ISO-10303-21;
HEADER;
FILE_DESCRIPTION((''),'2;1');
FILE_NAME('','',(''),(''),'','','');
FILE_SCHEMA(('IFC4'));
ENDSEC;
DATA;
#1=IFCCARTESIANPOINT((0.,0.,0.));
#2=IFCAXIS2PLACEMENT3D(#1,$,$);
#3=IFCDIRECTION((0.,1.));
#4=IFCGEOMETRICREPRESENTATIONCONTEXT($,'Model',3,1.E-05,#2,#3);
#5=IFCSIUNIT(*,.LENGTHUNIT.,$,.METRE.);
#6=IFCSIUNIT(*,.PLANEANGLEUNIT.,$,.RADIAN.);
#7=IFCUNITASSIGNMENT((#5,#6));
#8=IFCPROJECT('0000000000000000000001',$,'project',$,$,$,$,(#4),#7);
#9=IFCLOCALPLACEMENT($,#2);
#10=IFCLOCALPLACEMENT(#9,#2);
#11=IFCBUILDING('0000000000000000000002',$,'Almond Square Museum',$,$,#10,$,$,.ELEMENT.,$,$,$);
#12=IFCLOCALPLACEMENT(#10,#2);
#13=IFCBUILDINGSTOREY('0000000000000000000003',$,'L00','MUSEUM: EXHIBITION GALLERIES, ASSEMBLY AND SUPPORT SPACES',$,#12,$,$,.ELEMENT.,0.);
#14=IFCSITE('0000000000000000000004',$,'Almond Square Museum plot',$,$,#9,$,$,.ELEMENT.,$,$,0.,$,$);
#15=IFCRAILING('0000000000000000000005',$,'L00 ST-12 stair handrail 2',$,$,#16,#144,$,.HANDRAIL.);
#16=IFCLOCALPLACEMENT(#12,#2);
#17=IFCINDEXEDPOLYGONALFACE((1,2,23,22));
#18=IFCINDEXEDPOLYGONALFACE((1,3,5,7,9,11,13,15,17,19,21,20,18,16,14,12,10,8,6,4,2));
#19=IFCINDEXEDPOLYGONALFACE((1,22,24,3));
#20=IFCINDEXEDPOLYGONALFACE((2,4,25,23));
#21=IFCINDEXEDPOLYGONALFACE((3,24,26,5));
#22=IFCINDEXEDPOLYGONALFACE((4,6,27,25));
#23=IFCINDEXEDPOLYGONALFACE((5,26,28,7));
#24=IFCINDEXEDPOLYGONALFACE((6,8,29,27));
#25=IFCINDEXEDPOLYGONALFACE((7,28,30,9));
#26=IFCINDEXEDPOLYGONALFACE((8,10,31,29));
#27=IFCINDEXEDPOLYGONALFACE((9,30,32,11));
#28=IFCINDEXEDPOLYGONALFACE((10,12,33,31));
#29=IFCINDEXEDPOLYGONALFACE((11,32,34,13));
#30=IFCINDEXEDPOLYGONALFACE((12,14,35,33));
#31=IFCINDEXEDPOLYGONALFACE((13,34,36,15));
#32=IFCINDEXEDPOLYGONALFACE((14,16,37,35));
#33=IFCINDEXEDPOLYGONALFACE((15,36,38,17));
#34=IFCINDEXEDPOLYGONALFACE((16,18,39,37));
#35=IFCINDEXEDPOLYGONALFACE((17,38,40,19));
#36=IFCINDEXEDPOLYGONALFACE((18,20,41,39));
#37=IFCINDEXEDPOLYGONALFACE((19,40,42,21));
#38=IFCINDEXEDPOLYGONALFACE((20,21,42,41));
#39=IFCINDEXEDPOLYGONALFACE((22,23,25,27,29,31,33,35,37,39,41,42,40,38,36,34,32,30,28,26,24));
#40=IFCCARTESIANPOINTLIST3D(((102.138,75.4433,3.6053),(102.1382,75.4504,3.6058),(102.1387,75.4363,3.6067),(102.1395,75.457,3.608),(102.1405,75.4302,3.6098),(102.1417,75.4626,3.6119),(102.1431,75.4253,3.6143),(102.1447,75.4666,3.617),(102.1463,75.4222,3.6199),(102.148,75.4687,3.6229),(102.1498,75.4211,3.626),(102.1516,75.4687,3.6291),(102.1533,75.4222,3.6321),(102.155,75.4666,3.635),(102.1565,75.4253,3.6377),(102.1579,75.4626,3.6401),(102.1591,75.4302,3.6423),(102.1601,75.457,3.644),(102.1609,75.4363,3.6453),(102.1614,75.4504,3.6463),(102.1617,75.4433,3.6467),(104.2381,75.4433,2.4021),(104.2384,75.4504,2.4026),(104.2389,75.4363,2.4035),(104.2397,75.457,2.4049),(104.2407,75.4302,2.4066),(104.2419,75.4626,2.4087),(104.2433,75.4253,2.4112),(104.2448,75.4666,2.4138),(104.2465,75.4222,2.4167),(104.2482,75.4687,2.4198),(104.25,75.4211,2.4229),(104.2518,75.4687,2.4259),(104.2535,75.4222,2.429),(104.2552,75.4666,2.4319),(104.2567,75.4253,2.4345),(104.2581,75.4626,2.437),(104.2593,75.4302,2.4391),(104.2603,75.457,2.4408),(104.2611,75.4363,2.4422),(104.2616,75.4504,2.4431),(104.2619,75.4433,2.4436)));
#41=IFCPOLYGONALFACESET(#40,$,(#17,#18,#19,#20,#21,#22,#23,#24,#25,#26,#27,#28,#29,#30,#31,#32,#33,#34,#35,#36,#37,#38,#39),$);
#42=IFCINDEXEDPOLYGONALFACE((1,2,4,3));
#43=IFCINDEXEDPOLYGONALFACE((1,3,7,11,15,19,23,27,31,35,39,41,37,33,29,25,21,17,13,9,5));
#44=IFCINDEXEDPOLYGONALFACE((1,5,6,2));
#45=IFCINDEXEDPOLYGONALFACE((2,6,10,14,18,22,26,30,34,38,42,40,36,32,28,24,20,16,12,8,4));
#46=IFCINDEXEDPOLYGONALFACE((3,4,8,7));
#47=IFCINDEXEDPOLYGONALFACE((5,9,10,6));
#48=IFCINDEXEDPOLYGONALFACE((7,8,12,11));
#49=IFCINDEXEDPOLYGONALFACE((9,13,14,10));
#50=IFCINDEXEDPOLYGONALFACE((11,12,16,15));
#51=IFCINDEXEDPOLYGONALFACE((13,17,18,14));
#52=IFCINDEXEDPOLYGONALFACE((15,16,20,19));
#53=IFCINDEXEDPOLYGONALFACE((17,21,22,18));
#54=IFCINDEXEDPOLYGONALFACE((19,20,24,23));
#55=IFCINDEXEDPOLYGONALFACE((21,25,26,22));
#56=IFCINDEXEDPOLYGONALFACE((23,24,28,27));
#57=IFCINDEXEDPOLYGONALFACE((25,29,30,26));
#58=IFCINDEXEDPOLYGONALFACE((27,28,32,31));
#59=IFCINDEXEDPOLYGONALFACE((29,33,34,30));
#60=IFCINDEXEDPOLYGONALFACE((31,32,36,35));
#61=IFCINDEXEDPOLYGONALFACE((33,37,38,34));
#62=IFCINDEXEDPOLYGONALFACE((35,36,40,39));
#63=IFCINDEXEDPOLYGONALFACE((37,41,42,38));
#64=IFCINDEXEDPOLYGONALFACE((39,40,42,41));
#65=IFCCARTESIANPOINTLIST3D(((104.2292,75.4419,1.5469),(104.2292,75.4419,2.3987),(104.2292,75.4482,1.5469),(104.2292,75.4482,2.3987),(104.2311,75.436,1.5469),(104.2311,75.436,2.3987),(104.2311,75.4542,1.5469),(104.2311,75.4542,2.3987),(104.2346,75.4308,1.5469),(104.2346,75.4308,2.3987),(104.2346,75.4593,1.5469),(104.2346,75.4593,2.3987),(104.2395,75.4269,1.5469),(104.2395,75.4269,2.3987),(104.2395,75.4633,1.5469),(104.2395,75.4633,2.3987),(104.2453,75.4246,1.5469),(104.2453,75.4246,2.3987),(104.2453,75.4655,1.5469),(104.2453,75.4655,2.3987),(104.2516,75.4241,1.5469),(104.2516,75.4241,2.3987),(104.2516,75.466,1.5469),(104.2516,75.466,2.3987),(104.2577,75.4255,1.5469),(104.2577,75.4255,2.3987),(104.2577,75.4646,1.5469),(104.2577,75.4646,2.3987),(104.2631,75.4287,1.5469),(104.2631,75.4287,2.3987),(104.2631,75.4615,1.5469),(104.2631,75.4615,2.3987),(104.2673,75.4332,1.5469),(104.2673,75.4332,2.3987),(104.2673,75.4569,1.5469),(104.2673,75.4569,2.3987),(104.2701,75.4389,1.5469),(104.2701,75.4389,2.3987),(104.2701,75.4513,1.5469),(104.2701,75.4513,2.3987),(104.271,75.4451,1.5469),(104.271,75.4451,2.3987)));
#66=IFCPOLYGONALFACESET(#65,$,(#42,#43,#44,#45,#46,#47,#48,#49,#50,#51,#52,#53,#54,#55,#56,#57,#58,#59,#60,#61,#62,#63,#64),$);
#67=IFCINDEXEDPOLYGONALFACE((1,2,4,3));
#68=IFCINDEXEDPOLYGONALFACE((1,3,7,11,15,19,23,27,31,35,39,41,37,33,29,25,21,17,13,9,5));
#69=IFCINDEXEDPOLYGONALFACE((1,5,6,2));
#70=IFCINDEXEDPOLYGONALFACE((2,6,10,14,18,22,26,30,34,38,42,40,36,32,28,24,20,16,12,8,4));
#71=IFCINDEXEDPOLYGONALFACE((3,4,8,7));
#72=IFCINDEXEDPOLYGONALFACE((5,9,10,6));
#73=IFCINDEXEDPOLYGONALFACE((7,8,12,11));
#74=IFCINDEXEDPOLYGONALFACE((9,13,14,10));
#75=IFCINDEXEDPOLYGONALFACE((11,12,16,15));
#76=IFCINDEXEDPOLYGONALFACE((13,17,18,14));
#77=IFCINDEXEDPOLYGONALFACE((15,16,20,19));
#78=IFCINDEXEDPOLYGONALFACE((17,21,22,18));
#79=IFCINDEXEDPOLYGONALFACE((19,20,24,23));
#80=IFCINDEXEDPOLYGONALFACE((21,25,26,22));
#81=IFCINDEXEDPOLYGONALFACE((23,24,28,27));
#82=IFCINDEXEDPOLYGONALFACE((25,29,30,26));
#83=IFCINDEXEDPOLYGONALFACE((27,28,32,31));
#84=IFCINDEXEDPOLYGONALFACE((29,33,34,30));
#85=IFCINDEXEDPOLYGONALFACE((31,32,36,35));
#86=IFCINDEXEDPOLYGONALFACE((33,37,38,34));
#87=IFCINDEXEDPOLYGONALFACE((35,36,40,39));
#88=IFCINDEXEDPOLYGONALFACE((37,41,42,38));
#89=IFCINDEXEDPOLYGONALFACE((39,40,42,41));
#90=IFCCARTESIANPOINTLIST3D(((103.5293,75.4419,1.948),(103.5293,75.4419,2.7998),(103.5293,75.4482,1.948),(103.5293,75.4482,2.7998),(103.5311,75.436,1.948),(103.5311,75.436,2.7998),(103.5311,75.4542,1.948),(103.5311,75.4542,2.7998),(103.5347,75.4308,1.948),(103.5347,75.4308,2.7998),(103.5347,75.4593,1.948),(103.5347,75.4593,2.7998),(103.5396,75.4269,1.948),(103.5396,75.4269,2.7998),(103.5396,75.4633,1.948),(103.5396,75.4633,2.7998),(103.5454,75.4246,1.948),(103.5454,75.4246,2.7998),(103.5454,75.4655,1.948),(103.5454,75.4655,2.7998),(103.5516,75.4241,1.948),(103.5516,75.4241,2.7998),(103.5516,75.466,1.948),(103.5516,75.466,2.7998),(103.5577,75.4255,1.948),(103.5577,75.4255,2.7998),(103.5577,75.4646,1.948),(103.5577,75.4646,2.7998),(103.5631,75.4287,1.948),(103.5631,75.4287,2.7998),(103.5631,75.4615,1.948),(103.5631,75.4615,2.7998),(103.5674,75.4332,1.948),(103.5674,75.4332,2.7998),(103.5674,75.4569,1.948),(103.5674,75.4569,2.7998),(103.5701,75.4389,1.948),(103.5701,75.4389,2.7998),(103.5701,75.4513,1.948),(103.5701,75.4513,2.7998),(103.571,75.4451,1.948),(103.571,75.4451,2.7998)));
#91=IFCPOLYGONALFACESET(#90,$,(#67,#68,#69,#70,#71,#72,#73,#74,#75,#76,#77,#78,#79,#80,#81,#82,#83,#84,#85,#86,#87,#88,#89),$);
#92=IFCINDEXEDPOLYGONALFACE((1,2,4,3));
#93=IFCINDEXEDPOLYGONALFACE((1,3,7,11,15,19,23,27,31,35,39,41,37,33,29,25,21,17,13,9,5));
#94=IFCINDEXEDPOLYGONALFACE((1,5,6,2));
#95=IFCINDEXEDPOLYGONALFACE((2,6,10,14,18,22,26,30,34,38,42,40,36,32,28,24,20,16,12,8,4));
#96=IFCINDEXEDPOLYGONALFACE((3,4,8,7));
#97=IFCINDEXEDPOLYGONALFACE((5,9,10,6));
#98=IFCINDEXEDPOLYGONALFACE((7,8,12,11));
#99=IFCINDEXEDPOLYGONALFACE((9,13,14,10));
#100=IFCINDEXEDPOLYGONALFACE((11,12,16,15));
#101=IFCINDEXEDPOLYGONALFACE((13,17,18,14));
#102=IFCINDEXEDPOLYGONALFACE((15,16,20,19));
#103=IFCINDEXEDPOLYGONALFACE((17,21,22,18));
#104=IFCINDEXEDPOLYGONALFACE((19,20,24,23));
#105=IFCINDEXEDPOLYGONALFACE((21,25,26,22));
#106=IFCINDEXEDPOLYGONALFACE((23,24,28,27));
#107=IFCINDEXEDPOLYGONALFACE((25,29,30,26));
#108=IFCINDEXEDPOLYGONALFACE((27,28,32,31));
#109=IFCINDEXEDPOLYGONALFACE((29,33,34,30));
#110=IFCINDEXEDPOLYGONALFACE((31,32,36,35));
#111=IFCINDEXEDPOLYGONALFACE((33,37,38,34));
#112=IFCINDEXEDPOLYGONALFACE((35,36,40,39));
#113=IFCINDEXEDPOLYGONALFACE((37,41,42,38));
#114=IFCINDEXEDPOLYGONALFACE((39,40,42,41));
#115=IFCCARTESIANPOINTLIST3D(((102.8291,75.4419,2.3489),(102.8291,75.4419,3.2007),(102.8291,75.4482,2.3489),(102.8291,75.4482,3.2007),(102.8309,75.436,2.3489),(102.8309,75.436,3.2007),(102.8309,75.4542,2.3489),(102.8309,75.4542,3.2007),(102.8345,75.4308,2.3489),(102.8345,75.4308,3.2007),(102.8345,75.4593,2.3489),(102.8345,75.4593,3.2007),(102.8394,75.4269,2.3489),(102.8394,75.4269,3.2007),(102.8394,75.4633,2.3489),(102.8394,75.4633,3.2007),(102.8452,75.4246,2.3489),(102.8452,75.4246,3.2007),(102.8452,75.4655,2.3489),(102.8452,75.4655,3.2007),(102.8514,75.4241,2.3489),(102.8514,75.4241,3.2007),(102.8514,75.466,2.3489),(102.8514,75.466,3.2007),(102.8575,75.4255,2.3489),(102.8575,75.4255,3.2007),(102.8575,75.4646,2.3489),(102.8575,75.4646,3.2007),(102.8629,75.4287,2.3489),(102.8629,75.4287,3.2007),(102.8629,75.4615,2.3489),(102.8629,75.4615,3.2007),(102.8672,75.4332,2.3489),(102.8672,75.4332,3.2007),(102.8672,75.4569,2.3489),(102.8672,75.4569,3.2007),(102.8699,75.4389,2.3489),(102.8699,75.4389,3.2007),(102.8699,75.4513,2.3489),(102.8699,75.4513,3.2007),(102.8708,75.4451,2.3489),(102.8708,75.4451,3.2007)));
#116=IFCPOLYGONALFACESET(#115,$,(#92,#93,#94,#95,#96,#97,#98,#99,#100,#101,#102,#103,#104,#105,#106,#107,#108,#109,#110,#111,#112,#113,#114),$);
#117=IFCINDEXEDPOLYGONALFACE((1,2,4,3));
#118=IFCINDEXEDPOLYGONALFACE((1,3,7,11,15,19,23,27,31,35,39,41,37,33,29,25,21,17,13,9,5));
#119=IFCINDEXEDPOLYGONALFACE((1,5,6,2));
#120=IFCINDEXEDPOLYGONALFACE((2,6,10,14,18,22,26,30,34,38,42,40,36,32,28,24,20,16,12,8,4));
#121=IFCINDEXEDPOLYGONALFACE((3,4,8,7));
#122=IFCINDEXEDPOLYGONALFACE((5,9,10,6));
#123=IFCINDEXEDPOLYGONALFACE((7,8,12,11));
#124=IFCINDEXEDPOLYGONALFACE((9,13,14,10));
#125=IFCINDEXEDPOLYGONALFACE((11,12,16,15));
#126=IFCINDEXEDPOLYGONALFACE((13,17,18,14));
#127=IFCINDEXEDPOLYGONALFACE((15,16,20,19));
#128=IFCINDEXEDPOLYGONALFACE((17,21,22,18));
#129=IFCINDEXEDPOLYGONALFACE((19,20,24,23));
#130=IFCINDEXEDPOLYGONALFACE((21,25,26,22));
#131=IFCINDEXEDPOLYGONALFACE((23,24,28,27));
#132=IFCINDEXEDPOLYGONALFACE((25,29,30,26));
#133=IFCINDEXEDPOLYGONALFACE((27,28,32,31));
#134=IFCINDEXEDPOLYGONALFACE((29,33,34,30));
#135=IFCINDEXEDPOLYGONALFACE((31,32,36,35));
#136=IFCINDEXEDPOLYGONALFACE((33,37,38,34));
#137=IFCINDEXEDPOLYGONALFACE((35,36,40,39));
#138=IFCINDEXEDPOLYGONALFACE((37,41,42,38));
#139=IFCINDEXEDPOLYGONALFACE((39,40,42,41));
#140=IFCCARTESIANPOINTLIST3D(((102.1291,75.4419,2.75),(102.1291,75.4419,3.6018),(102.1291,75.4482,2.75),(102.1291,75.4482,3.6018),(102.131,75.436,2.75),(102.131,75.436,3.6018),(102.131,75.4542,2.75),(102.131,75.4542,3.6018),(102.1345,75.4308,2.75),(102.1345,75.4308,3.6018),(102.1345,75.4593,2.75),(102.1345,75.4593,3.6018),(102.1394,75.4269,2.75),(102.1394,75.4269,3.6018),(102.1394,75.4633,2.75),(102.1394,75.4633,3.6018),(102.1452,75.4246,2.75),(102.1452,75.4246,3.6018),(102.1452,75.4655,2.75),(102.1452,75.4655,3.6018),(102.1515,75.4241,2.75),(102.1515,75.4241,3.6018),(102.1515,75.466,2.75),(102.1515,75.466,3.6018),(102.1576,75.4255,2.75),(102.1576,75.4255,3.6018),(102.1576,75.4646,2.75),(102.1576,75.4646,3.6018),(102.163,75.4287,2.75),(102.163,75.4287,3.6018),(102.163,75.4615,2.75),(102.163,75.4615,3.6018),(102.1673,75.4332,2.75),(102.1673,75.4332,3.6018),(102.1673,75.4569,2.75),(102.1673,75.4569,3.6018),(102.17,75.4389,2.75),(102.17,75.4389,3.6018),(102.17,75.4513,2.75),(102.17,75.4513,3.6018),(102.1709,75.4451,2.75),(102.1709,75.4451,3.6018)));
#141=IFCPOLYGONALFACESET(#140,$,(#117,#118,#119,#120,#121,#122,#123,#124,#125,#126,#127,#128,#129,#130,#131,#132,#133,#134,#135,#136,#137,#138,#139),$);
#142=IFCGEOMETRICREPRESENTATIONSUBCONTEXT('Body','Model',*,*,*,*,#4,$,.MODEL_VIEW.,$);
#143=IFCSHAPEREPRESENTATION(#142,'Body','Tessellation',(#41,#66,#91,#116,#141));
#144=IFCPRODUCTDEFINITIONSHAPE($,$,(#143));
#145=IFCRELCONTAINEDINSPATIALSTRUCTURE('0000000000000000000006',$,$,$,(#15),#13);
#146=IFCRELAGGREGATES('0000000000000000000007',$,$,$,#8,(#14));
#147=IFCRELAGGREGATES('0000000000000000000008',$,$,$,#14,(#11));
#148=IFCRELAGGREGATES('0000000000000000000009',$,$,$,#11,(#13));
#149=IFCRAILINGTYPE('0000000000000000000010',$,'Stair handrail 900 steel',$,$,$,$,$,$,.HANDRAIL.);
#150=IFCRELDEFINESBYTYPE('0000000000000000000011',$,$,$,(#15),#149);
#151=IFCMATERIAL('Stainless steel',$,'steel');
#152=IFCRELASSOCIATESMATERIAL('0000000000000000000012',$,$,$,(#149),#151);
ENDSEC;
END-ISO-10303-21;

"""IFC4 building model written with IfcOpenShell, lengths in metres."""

from ifc_helpers import new_model, si_unit, direction, frame, origin, origin_2d, place, context, subcontext, project, spatial, circle, extrude, material, type_object, element, save


model = new_model("IFC4")

# Units and contexts
model_context = context("Model", 3, precision=1e-05, world=origin(), true_north=direction((0.0, 1.0)))
body_context = subcontext(model_context, "Body", "Model", "MODEL_VIEW")
ifc_project = project(units=[si_unit("LENGTHUNIT", "METRE"), si_unit("PLANEANGLEUNIT", "RADIAN")], contexts=[model_context])

# Site, building, storey
site_placement = place(None, origin())
site = spatial("IfcSite", under=ifc_project, at=site_placement, Name="Almond Square Museum plot", CompositionType="ELEMENT", RefElevation=0.0)
building_placement = place(site_placement, origin())
building = spatial("IfcBuilding", under=site, at=building_placement, Name="Almond Square Museum", CompositionType="ELEMENT")
storey_placement = place(building_placement, origin())
storey = spatial("IfcBuildingStorey", under=building, at=storey_placement, Name="L00", Description="MUSEUM: EXHIBITION GALLERIES, ASSEMBLY AND SUPPORT SPACES", CompositionType="ELEMENT", Elevation=0.0)

# Railing
ifc_material_1 = material(Name="Stainless steel", Category="steel")
railing_type_1 = type_object("IfcRailingType", Name="Stair handrail 900 steel", PredefinedType="HANDRAIL", material=ifc_material_1)
for number, where, name in (
    (1, (104.25, 75.4451, 1.5469), "L00 ST-12 stair handrail 2"),
):
    element("IfcRailing", number, at=place(storey_placement, frame(where)), inside=storey, type_object=railing_type_1, Name=name, PredefinedType="HANDRAIL", context=body_context, shape_type="SweptSolid", body=[
        extrude(circle(Radius=0.0239, at=origin_2d()), frame((0.0, 0.0, 0.876), z_axis=(-0.867696, 0.0, 0.497095), x_axis=(0.0, -1.0, 0.0)), (0.0, 0.0, 1.0), 2.4204),
        extrude(circle(Radius=0.021, at=origin_2d()), origin(), (0.0, 0.0, 1.0), 0.8518),
        extrude(circle(Radius=0.021, at=origin_2d()), frame((-0.7, 0.0, 0.4011)), (0.0, 0.0, 1.0), 0.8518),
        extrude(circle(Radius=0.021, at=origin_2d()), frame((-1.4001, 0.0, 0.802)), (0.0, 0.0, 1.0), 0.8518),
        extrude(circle(Radius=0.021, at=origin_2d()), frame((-2.1001, 0.0, 1.2031)), (0.0, 0.0, 1.0), 0.8518),
    ])

save(model, "model.ifc")
